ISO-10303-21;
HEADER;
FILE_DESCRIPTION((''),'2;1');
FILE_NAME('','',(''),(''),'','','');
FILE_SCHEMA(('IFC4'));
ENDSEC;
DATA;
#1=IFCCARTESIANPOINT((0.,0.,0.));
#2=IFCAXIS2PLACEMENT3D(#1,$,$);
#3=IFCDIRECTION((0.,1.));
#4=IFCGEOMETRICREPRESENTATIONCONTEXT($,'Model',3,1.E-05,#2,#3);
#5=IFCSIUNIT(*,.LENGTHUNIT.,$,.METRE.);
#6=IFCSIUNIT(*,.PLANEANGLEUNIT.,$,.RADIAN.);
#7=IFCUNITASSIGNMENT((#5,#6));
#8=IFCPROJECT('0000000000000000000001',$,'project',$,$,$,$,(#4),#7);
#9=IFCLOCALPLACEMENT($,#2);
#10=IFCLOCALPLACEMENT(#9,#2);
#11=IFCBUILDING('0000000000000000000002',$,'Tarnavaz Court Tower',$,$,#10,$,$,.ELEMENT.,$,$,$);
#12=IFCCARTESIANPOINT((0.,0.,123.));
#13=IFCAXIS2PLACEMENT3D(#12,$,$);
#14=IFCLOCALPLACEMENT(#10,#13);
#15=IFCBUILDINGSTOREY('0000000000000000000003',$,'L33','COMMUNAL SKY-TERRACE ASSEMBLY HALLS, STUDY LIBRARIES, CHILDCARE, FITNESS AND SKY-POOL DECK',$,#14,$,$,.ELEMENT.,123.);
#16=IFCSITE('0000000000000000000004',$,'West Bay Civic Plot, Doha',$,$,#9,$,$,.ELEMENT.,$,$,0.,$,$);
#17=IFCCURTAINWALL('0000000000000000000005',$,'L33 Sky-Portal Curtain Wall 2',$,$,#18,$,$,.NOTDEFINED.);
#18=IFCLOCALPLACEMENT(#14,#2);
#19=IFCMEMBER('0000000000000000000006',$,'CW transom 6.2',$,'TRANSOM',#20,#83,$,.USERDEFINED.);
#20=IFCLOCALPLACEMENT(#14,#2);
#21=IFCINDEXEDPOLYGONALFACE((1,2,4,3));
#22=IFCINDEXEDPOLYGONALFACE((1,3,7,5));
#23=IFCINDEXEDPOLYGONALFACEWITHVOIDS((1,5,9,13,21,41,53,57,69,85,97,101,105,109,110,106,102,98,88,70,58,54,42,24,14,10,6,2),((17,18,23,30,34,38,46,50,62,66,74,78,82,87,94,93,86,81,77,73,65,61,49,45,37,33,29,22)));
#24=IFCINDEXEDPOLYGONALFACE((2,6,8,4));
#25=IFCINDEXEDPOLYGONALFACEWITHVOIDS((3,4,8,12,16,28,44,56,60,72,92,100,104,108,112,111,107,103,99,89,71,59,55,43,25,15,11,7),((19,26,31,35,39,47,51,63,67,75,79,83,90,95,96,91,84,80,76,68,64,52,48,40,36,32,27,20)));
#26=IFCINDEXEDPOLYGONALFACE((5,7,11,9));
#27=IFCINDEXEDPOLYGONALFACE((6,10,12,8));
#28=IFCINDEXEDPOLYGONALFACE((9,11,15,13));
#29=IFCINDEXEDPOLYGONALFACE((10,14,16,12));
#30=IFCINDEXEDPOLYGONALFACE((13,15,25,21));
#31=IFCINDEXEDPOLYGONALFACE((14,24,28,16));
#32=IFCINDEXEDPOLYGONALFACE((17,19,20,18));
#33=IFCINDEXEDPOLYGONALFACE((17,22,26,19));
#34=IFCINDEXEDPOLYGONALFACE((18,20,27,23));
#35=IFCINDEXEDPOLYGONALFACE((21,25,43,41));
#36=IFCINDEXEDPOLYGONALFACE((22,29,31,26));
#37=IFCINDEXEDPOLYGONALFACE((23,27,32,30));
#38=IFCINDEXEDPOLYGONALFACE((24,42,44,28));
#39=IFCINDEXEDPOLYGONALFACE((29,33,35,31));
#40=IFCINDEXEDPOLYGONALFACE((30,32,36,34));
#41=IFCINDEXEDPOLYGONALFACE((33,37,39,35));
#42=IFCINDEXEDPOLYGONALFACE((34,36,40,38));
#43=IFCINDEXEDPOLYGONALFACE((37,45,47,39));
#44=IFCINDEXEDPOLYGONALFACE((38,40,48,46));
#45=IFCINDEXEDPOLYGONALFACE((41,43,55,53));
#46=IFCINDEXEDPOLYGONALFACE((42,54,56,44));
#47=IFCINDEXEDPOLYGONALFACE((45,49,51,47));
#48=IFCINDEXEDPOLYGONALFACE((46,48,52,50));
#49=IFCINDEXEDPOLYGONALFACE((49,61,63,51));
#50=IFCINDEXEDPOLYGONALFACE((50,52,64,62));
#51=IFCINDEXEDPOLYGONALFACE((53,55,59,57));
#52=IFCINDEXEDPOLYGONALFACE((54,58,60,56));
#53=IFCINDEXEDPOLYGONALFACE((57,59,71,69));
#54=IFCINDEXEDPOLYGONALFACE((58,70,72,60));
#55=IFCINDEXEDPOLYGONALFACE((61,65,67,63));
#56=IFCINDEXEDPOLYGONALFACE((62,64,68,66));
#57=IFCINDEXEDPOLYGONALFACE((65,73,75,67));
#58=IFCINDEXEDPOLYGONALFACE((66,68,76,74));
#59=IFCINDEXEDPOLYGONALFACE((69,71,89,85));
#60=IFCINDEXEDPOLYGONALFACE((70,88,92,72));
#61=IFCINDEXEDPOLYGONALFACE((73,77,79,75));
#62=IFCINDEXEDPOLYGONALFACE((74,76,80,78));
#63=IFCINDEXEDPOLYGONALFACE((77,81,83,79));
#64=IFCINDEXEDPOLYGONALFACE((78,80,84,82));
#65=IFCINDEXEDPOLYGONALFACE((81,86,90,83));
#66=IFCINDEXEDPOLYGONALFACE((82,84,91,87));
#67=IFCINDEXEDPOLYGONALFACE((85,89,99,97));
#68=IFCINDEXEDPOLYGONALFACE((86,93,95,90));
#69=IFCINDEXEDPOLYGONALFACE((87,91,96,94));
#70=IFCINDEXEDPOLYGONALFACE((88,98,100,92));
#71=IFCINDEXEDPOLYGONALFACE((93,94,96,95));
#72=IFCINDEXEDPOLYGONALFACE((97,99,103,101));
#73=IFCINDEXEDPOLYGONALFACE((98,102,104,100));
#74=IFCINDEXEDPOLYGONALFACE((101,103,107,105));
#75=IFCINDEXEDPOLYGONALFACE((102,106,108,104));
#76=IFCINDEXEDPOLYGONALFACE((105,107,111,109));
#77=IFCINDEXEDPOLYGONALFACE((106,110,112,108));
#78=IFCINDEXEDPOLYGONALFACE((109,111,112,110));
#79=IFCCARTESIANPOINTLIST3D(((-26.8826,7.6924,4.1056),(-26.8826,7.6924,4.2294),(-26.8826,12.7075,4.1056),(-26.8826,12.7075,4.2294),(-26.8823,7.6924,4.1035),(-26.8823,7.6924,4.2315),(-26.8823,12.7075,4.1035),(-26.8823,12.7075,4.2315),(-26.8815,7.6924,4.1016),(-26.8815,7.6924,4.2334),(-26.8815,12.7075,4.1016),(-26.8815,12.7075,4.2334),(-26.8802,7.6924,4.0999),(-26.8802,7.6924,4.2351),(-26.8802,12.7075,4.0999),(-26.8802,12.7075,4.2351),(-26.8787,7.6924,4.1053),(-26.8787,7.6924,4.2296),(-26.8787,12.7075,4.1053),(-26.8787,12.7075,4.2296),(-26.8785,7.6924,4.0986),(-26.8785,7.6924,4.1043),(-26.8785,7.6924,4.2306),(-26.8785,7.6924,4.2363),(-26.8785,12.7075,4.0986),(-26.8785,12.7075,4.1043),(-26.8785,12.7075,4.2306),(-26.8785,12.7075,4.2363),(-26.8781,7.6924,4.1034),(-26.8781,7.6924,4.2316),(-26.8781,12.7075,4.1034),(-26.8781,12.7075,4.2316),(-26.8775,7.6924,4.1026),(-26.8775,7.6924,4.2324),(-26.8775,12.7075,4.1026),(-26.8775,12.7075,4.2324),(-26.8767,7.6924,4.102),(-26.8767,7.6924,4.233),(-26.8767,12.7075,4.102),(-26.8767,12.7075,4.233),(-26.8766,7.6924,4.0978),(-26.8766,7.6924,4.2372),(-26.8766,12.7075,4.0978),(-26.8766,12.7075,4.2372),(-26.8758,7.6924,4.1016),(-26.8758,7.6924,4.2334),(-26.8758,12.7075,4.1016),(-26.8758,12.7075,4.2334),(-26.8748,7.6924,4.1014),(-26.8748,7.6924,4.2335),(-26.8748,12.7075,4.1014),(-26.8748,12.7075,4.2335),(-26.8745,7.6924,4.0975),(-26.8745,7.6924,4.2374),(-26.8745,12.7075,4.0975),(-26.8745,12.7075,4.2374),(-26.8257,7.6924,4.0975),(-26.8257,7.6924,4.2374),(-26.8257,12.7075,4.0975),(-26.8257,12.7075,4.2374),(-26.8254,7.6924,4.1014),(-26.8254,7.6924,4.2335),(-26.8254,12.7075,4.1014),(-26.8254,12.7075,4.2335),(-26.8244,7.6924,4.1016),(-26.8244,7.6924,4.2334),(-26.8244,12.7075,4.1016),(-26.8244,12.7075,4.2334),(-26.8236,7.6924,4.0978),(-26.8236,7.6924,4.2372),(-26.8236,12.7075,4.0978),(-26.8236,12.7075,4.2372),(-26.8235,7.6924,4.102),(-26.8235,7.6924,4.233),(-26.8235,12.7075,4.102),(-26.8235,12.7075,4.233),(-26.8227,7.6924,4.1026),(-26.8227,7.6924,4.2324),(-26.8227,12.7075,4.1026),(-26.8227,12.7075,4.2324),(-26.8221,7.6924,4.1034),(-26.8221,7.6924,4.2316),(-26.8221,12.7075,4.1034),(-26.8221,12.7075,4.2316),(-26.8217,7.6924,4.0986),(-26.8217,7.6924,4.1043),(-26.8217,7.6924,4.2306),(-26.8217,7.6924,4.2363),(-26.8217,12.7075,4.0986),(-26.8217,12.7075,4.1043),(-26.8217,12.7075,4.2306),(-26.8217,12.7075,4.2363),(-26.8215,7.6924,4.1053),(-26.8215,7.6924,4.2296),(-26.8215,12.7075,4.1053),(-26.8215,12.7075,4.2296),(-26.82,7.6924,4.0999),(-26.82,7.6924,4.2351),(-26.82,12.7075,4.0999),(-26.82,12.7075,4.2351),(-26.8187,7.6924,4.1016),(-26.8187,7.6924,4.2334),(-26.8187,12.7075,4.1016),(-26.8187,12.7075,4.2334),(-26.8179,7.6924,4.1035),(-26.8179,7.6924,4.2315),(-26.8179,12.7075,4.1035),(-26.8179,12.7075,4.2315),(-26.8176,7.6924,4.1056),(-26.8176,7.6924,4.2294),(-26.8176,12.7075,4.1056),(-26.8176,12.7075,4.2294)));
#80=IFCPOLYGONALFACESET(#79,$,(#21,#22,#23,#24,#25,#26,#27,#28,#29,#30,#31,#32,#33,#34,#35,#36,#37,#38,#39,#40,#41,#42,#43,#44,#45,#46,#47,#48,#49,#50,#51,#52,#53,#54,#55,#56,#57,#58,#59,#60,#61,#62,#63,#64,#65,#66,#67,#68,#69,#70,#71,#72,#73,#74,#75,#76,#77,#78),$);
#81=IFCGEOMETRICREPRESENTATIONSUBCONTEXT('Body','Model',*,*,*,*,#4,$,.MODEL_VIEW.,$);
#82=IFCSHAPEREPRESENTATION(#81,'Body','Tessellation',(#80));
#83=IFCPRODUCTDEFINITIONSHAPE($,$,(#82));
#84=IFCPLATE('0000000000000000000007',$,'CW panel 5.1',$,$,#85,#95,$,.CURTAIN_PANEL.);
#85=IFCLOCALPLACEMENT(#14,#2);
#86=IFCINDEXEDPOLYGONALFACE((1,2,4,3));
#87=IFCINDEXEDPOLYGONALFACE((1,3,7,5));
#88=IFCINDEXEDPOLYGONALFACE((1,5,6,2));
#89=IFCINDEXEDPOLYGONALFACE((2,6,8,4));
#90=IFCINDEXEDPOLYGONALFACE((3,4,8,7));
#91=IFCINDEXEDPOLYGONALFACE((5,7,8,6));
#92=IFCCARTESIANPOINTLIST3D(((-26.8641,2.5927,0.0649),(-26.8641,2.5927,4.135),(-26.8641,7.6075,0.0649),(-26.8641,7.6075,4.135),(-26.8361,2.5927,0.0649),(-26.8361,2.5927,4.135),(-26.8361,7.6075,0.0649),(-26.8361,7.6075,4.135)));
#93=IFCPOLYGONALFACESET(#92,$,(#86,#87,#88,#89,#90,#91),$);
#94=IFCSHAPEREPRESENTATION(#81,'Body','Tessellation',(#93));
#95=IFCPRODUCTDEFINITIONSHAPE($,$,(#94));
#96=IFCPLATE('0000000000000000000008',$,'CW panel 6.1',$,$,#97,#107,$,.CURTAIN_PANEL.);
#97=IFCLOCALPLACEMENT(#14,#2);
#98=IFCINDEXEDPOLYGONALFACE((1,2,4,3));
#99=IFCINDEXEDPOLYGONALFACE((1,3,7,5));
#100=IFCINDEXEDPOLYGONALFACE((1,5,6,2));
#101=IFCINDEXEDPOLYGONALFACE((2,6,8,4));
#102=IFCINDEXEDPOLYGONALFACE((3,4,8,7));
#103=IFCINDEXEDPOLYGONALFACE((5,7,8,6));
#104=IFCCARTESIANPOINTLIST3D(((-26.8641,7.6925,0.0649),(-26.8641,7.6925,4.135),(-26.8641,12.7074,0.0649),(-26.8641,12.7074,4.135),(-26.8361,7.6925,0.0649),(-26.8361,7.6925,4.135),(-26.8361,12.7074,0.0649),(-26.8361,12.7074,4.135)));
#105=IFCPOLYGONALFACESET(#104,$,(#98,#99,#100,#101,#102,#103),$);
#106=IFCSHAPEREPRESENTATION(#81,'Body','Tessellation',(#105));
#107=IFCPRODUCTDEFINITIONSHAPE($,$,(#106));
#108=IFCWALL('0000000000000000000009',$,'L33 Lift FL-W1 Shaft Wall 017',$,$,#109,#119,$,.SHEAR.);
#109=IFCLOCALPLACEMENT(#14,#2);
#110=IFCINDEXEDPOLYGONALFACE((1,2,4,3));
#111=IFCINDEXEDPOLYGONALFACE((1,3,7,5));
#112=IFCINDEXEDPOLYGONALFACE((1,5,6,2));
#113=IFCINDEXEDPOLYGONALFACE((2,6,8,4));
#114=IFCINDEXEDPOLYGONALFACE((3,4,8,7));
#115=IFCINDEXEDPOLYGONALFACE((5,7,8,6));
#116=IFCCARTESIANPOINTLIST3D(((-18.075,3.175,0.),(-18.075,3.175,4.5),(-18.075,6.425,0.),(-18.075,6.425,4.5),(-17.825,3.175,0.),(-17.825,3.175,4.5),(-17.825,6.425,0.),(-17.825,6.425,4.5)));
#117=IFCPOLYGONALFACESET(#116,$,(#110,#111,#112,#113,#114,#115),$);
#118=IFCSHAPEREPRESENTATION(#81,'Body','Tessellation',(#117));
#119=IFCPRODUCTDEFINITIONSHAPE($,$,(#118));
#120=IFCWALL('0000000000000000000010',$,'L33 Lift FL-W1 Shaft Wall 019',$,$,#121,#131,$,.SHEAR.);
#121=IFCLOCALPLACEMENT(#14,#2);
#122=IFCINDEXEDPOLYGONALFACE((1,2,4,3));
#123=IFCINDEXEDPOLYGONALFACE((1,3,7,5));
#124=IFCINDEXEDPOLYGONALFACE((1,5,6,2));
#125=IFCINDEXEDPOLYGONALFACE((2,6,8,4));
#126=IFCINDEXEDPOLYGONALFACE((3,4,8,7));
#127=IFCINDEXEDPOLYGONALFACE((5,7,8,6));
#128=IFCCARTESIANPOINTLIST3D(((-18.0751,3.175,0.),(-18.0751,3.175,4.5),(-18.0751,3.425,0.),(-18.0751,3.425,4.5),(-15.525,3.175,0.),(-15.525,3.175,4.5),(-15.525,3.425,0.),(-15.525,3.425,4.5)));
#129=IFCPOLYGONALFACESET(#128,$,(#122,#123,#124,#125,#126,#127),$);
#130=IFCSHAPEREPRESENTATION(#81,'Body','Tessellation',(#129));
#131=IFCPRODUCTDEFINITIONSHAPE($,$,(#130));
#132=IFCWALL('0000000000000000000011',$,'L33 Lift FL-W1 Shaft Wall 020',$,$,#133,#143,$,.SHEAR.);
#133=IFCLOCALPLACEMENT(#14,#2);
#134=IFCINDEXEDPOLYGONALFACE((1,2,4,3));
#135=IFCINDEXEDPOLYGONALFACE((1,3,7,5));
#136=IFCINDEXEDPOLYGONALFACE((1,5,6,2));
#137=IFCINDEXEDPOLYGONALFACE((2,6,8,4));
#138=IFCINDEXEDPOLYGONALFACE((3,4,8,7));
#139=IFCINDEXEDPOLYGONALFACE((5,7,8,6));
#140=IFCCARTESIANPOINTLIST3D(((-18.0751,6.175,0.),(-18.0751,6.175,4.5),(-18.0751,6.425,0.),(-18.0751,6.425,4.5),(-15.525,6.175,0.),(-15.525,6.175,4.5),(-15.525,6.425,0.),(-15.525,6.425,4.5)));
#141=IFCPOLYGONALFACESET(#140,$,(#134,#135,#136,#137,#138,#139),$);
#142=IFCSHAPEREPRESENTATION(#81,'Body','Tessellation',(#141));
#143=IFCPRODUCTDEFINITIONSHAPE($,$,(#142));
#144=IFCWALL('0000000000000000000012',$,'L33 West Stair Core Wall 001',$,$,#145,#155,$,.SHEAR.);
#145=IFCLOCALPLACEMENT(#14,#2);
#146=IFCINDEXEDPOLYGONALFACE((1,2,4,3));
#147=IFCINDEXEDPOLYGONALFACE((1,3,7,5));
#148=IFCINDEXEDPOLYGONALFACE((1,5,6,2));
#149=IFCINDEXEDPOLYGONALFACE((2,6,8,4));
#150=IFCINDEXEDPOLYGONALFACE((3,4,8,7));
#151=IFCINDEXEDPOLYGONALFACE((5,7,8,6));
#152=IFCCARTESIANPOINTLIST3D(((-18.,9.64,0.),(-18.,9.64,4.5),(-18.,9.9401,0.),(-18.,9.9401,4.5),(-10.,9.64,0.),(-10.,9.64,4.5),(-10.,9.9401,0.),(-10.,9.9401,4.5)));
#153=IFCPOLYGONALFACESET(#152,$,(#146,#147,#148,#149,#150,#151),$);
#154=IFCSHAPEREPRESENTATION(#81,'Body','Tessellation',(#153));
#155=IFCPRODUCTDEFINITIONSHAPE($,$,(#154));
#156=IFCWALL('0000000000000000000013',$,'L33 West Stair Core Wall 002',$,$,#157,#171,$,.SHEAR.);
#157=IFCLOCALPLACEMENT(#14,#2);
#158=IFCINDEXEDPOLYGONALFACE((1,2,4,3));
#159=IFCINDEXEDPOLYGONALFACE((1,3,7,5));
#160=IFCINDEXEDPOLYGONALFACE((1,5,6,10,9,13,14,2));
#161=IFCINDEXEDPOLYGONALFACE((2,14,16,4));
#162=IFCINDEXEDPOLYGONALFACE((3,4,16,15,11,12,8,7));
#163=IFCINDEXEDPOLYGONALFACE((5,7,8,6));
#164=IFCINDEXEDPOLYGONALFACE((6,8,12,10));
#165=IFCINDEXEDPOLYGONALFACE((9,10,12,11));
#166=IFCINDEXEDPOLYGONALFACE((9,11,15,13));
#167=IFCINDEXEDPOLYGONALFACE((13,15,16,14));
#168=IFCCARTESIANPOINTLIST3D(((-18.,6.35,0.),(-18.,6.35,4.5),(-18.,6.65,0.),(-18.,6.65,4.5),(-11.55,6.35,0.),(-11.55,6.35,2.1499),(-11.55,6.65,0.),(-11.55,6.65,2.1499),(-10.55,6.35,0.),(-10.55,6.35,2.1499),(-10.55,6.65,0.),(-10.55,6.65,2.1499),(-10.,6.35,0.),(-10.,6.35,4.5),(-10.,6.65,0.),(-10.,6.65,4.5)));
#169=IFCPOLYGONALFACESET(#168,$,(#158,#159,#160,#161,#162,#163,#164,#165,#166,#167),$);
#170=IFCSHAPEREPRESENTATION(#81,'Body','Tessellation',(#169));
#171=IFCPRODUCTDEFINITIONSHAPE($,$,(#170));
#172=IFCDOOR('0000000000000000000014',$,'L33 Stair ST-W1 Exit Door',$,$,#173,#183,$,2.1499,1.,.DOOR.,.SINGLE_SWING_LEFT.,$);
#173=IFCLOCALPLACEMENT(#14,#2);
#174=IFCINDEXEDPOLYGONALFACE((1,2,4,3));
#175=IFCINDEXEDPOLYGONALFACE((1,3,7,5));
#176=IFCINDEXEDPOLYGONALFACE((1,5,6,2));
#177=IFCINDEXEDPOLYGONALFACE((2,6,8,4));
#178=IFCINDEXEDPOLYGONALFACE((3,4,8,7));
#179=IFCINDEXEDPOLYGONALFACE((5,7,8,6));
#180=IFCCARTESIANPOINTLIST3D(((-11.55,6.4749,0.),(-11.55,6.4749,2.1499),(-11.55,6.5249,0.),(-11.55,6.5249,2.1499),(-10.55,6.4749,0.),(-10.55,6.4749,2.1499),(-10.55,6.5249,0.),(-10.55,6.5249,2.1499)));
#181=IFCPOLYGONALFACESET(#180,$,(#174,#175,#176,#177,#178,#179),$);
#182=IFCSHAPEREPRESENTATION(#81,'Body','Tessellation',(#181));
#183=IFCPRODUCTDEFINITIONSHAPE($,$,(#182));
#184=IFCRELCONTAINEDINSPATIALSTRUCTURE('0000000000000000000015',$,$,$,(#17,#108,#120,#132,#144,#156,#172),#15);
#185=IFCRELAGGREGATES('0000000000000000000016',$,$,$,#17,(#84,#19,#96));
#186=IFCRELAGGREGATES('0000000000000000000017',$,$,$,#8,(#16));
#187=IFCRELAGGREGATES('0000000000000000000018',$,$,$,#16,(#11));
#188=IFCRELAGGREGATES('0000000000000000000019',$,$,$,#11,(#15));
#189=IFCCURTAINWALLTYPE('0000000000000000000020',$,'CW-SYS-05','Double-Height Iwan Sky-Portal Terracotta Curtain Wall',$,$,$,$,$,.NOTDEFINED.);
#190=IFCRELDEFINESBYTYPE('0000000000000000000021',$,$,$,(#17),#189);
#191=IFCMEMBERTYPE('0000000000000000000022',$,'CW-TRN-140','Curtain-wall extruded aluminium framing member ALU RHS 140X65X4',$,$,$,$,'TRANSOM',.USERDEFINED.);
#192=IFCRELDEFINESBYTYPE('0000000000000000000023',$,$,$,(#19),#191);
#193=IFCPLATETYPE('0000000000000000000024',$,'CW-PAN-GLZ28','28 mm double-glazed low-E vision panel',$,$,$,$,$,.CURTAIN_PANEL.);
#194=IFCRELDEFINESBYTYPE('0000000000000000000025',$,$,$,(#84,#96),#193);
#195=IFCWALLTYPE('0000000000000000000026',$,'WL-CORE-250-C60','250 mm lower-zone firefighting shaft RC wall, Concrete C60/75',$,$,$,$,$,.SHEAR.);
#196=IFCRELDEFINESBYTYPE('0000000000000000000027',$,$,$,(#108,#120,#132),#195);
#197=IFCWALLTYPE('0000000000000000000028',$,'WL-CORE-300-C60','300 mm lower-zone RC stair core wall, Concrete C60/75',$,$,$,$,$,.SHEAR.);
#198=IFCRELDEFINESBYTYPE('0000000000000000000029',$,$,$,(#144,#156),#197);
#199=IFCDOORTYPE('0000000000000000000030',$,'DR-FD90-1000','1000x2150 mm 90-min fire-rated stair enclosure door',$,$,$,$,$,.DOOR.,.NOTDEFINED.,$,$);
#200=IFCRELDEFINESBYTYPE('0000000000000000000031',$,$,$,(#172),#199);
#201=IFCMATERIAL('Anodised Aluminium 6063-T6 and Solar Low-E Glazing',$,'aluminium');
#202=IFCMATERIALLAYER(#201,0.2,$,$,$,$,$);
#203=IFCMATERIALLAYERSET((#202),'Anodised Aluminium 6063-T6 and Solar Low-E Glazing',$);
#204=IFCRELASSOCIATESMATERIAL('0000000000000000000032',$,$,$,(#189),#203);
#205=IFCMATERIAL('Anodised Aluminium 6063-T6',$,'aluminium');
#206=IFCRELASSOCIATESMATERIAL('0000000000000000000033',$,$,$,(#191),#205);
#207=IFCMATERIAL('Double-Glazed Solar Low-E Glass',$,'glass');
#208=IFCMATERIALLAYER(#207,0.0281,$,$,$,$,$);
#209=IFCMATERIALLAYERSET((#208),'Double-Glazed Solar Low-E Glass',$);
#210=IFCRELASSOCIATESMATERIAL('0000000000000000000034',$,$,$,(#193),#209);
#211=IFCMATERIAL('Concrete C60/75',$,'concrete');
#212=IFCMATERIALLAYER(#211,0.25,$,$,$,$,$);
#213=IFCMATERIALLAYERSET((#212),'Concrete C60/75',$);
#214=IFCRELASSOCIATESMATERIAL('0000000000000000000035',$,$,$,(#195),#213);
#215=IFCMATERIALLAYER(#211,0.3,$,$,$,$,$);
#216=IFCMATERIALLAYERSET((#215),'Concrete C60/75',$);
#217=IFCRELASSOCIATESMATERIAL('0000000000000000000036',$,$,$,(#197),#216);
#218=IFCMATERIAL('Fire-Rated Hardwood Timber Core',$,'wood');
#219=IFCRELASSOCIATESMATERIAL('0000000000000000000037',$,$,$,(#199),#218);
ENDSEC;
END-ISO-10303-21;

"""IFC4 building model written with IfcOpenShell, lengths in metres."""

from ifc_helpers import new_model, si_unit, direction, frame, frame_2d, origin, origin_2d, place, context, subcontext, project, spatial, rectangle, hollow_rectangle, extrude, material, layer, layer_set, material_profile, profile_set, type_object, element, fill, aggregate, save


model = new_model("IFC4")

# Units and contexts
model_context = context("Model", 3, precision=1e-05, world=origin(), true_north=direction((0.0, 1.0)))
body_context = subcontext(model_context, "Body", "Model", "MODEL_VIEW")
ifc_project = project(units=[si_unit("LENGTHUNIT", "METRE"), si_unit("PLANEANGLEUNIT", "RADIAN")], contexts=[model_context])

# Site, building, storey
site_placement = place(None, origin())
site = spatial("IfcSite", under=ifc_project, at=site_placement, Name="West Bay Civic Plot, Doha", CompositionType="ELEMENT", RefElevation=0.0)
building_placement = place(site_placement, origin())
building = spatial("IfcBuilding", under=site, at=building_placement, Name="Tarnavaz Court Tower", CompositionType="ELEMENT")
storey_placement = place(building_placement, frame((0.0, 0.0, 123.0)))
storey = spatial("IfcBuildingStorey", under=building, at=storey_placement, Name="L33", Description="COMMUNAL SKY-TERRACE ASSEMBLY HALLS, STUDY LIBRARIES, CHILDCARE, FITNESS AND SKY-POOL DECK", CompositionType="ELEMENT", Elevation=123.0)

# Shared definitions
ifc_material_1 = material(Name="Concrete C60/75", Category="concrete")

# Curtain wall, member, plates
ifc_material_2 = material(Name="Anodised Aluminium 6063-T6 and Solar Low-E Glazing", Category="aluminium")
ifc_layer_1 = layer(ifc_material_2, 0.2)
ifc_layer_set_1 = layer_set([ifc_layer_1], Name="Anodised Aluminium 6063-T6 and Solar Low-E Glazing")
curtain_wall_type = type_object("IfcCurtainWallType", Name="CW-SYS-05", Description="Double-Height Iwan Sky-Portal Terracotta Curtain Wall", PredefinedType="NOTDEFINED", material=ifc_layer_set_1)
curtain_wall_placement = place(storey_placement, origin())
curtain_wall = element("IfcCurtainWall", 1, at=curtain_wall_placement, inside=storey, type_object=curtain_wall_type, Name="L33 Sky-Portal Curtain Wall 2", PredefinedType="NOTDEFINED")
ifc_material_3 = material(Name="Anodised Aluminium 6063-T6", Category="aluminium")
ifc_material_profile_1 = material_profile(ifc_material_3, hollow_rectangle(XDim=0.0649, YDim=0.1399, WallThickness=0.0039, InnerFilletRadius=0.0039, OuterFilletRadius=0.0081, at=origin_2d()), Name="ALU RHS 140X65X4")
ifc_profile_set_1 = profile_set([ifc_material_profile_1], Name="Anodised Aluminium 6063-T6")
member_type_1 = type_object("IfcMemberType", Name="CW-TRN-140", Description="Curtain-wall extruded aluminium framing member ALU RHS 140X65X4", ElementType="TRANSOM", PredefinedType="USERDEFINED", material=ifc_profile_set_1)
member_1_placement = place(storey_placement, frame((-26.8501, 7.6924, 4.1675), z_axis=(0.0, 1.0, 0.0), x_axis=(-1.0, 0.0, 0.0)))
member_1 = element("IfcMember", 2, at=member_1_placement, type_object=member_type_1, Name="CW transom 6.2", ObjectType="TRANSOM", PredefinedType="USERDEFINED", context=body_context, shape_type="SweptSolid", body=[
    extrude(hollow_rectangle(XDim=0.0649, YDim=0.1399, WallThickness=0.0039, InnerFilletRadius=0.0039, OuterFilletRadius=0.0081, at=origin_2d()), origin(), (0.0, 0.0, 1.0), 5.0151),
])
ifc_material_4 = material(Name="Double-Glazed Solar Low-E Glass", Category="glass")
ifc_layer_2 = layer(ifc_material_4, 0.0281)
ifc_layer_set_2 = layer_set([ifc_layer_2], Name="Double-Glazed Solar Low-E Glass")
plate_type = type_object("IfcPlateType", Name="CW-PAN-GLZ28", Description="28 mm double-glazed low-E vision panel", PredefinedType="CURTAIN_PANEL", material=ifc_layer_set_2)
plate_1_placement = place(storey_placement, frame((-26.8501, 5.1001, 0.0649), z_axis=(0.0, 0.0, 1.0), x_axis=(0.0, 1.0, 0.0)))
plate_1 = element("IfcPlate", 3, at=plate_1_placement, type_object=plate_type, Name="CW panel 5.1", PredefinedType="CURTAIN_PANEL", context=body_context, shape_type="SweptSolid", body=[
    extrude(rectangle(XDim=5.0149, YDim=0.0281, at=origin_2d()), origin(), (0.0, 0.0, 1.0), 4.0701),
])
plate_2_placement = place(storey_placement, frame((-26.8501, 10.2, 0.0649), z_axis=(0.0, 0.0, 1.0), x_axis=(0.0, 1.0, 0.0)))
plate_2 = element("IfcPlate", 4, at=plate_2_placement, type_object=plate_type, Name="CW panel 6.1", PredefinedType="CURTAIN_PANEL", context=body_context, shape_type="SweptSolid", body=[
    extrude(rectangle(XDim=5.0149, YDim=0.0281, at=origin_2d()), origin(), (0.0, 0.0, 1.0), 4.0701),
])
aggregate(curtain_wall, [plate_1, member_1, plate_2])

# Wall
ifc_layer_3 = layer(ifc_material_1, 0.25)
ifc_layer_set_3 = layer_set([ifc_layer_3], Name="Concrete C60/75")
wall_type_1 = type_object("IfcWallType", Name="WL-CORE-250-C60", Description="250 mm lower-zone firefighting shaft RC wall, Concrete C60/75", PredefinedType="SHEAR", material=ifc_layer_set_3)
wall_1_placement = place(storey_placement, frame((-17.95, 3.175, 0.0), z_axis=(0.0, 0.0, 1.0), x_axis=(0.0, 1.0, 0.0)))
element("IfcWall", 5, at=wall_1_placement, inside=storey, type_object=wall_type_1, Name="L33 Lift FL-W1 Shaft Wall 017", PredefinedType="SHEAR", context=body_context, shape_type="SweptSolid", body=[
    extrude(rectangle(XDim=3.25, YDim=0.25, at=frame_2d((1.625, 0.0))), origin(), (0.0, 0.0, 1.0), 4.5),
])

# Walls
for number, where, z_axis, x_axis, name in (
    (6, (-18.075, 3.3, 0.0), (0.0, 0.0, 1.0), (1.0, 0.0, 0.0), "L33 Lift FL-W1 Shaft Wall 019"),
    (7, (-18.075, 6.3, 0.0), (0.0, 0.0, 1.0), (1.0, 0.0, 0.0), "L33 Lift FL-W1 Shaft Wall 020"),
):
    element("IfcWall", number, at=place(storey_placement, frame(where, z_axis=z_axis, x_axis=x_axis)), inside=storey, type_object=wall_type_1, Name=name, PredefinedType="SHEAR", context=body_context, shape_type="SweptSolid", body=[
        extrude(rectangle(XDim=2.55, YDim=0.25, at=frame_2d((1.2749, 0.0))), origin(), (0.0, 0.0, 1.0), 4.5),
    ])
ifc_layer_4 = layer(ifc_material_1, 0.3)
ifc_layer_set_4 = layer_set([ifc_layer_4], Name="Concrete C60/75")
wall_type_2 = type_object("IfcWallType", Name="WL-CORE-300-C60", Description="300 mm lower-zone RC stair core wall, Concrete C60/75", PredefinedType="SHEAR", material=ifc_layer_set_4)
wall_2_placement = place(storey_placement, frame((-18.0, 9.79, 0.0), z_axis=(0.0, 0.0, 1.0), x_axis=(1.0, 0.0, 0.0)))
element("IfcWall", 8, at=wall_2_placement, inside=storey, type_object=wall_type_2, Name="L33 West Stair Core Wall 001", PredefinedType="SHEAR", context=body_context, shape_type="SweptSolid", body=[
    extrude(rectangle(XDim=8.0, YDim=0.3, at=frame_2d((4.0, 0.0))), origin(), (0.0, 0.0, 1.0), 4.5),
])

# Wall, opening, door
wall_3_placement = place(storey_placement, frame((-18.0, 6.5, 0.0), z_axis=(0.0, 0.0, 1.0), x_axis=(1.0, 0.0, 0.0)))
wall_3 = element("IfcWall", 9, at=wall_3_placement, inside=storey, type_object=wall_type_2, Name="L33 West Stair Core Wall 002", PredefinedType="SHEAR", context=body_context, shape_type="SweptSolid", body=[
    extrude(rectangle(XDim=8.0, YDim=0.3, at=frame_2d((4.0, 0.0))), origin(), (0.0, 0.0, 1.0), 4.5),
])
opening_1_placement = place(wall_3_placement, frame((6.45, 0.0, 0.0)))
opening_1 = element("IfcOpeningElement", 10, at=opening_1_placement, cuts=wall_3, PredefinedType="OPENING", context=body_context, shape_type="SweptSolid", body=[
    extrude(rectangle(XDim=1.0, YDim=2.1499, at=frame_2d((0.5, 1.075))), frame((0.0, 0.1599, 0.0), z_axis=(0.0, -1.0, 0.0), x_axis=(1.0, 0.0, 0.0)), (0.0, 0.0, 1.0), 0.3201),
])
ifc_material_5 = material(Name="Fire-Rated Hardwood Timber Core", Category="wood")
door_type_1 = type_object("IfcDoorType", Name="DR-FD90-1000", Description="1000x2150 mm 90-min fire-rated stair enclosure door", OperationType="NOTDEFINED", PredefinedType="DOOR", material=ifc_material_5)
door_1_placement = place(opening_1_placement, origin())
door_1 = element("IfcDoor", 11, at=door_1_placement, inside=storey, type_object=door_type_1, Name="L33 Stair ST-W1 Exit Door", OperationType="SINGLE_SWING_LEFT", OverallHeight=2.1499, OverallWidth=1.0, PredefinedType="DOOR", context=body_context, shape_type="SweptSolid", body=[
    extrude(rectangle(XDim=1.0, YDim=2.1499, at=frame_2d((0.5, 1.075))), frame((0.0, 0.0249, 0.0), z_axis=(0.0, -1.0, 0.0), x_axis=(1.0, 0.0, 0.0)), (0.0, 0.0, 1.0), 0.05),
])
fill(opening_1, door_1)

save(model, "model.ifc")
